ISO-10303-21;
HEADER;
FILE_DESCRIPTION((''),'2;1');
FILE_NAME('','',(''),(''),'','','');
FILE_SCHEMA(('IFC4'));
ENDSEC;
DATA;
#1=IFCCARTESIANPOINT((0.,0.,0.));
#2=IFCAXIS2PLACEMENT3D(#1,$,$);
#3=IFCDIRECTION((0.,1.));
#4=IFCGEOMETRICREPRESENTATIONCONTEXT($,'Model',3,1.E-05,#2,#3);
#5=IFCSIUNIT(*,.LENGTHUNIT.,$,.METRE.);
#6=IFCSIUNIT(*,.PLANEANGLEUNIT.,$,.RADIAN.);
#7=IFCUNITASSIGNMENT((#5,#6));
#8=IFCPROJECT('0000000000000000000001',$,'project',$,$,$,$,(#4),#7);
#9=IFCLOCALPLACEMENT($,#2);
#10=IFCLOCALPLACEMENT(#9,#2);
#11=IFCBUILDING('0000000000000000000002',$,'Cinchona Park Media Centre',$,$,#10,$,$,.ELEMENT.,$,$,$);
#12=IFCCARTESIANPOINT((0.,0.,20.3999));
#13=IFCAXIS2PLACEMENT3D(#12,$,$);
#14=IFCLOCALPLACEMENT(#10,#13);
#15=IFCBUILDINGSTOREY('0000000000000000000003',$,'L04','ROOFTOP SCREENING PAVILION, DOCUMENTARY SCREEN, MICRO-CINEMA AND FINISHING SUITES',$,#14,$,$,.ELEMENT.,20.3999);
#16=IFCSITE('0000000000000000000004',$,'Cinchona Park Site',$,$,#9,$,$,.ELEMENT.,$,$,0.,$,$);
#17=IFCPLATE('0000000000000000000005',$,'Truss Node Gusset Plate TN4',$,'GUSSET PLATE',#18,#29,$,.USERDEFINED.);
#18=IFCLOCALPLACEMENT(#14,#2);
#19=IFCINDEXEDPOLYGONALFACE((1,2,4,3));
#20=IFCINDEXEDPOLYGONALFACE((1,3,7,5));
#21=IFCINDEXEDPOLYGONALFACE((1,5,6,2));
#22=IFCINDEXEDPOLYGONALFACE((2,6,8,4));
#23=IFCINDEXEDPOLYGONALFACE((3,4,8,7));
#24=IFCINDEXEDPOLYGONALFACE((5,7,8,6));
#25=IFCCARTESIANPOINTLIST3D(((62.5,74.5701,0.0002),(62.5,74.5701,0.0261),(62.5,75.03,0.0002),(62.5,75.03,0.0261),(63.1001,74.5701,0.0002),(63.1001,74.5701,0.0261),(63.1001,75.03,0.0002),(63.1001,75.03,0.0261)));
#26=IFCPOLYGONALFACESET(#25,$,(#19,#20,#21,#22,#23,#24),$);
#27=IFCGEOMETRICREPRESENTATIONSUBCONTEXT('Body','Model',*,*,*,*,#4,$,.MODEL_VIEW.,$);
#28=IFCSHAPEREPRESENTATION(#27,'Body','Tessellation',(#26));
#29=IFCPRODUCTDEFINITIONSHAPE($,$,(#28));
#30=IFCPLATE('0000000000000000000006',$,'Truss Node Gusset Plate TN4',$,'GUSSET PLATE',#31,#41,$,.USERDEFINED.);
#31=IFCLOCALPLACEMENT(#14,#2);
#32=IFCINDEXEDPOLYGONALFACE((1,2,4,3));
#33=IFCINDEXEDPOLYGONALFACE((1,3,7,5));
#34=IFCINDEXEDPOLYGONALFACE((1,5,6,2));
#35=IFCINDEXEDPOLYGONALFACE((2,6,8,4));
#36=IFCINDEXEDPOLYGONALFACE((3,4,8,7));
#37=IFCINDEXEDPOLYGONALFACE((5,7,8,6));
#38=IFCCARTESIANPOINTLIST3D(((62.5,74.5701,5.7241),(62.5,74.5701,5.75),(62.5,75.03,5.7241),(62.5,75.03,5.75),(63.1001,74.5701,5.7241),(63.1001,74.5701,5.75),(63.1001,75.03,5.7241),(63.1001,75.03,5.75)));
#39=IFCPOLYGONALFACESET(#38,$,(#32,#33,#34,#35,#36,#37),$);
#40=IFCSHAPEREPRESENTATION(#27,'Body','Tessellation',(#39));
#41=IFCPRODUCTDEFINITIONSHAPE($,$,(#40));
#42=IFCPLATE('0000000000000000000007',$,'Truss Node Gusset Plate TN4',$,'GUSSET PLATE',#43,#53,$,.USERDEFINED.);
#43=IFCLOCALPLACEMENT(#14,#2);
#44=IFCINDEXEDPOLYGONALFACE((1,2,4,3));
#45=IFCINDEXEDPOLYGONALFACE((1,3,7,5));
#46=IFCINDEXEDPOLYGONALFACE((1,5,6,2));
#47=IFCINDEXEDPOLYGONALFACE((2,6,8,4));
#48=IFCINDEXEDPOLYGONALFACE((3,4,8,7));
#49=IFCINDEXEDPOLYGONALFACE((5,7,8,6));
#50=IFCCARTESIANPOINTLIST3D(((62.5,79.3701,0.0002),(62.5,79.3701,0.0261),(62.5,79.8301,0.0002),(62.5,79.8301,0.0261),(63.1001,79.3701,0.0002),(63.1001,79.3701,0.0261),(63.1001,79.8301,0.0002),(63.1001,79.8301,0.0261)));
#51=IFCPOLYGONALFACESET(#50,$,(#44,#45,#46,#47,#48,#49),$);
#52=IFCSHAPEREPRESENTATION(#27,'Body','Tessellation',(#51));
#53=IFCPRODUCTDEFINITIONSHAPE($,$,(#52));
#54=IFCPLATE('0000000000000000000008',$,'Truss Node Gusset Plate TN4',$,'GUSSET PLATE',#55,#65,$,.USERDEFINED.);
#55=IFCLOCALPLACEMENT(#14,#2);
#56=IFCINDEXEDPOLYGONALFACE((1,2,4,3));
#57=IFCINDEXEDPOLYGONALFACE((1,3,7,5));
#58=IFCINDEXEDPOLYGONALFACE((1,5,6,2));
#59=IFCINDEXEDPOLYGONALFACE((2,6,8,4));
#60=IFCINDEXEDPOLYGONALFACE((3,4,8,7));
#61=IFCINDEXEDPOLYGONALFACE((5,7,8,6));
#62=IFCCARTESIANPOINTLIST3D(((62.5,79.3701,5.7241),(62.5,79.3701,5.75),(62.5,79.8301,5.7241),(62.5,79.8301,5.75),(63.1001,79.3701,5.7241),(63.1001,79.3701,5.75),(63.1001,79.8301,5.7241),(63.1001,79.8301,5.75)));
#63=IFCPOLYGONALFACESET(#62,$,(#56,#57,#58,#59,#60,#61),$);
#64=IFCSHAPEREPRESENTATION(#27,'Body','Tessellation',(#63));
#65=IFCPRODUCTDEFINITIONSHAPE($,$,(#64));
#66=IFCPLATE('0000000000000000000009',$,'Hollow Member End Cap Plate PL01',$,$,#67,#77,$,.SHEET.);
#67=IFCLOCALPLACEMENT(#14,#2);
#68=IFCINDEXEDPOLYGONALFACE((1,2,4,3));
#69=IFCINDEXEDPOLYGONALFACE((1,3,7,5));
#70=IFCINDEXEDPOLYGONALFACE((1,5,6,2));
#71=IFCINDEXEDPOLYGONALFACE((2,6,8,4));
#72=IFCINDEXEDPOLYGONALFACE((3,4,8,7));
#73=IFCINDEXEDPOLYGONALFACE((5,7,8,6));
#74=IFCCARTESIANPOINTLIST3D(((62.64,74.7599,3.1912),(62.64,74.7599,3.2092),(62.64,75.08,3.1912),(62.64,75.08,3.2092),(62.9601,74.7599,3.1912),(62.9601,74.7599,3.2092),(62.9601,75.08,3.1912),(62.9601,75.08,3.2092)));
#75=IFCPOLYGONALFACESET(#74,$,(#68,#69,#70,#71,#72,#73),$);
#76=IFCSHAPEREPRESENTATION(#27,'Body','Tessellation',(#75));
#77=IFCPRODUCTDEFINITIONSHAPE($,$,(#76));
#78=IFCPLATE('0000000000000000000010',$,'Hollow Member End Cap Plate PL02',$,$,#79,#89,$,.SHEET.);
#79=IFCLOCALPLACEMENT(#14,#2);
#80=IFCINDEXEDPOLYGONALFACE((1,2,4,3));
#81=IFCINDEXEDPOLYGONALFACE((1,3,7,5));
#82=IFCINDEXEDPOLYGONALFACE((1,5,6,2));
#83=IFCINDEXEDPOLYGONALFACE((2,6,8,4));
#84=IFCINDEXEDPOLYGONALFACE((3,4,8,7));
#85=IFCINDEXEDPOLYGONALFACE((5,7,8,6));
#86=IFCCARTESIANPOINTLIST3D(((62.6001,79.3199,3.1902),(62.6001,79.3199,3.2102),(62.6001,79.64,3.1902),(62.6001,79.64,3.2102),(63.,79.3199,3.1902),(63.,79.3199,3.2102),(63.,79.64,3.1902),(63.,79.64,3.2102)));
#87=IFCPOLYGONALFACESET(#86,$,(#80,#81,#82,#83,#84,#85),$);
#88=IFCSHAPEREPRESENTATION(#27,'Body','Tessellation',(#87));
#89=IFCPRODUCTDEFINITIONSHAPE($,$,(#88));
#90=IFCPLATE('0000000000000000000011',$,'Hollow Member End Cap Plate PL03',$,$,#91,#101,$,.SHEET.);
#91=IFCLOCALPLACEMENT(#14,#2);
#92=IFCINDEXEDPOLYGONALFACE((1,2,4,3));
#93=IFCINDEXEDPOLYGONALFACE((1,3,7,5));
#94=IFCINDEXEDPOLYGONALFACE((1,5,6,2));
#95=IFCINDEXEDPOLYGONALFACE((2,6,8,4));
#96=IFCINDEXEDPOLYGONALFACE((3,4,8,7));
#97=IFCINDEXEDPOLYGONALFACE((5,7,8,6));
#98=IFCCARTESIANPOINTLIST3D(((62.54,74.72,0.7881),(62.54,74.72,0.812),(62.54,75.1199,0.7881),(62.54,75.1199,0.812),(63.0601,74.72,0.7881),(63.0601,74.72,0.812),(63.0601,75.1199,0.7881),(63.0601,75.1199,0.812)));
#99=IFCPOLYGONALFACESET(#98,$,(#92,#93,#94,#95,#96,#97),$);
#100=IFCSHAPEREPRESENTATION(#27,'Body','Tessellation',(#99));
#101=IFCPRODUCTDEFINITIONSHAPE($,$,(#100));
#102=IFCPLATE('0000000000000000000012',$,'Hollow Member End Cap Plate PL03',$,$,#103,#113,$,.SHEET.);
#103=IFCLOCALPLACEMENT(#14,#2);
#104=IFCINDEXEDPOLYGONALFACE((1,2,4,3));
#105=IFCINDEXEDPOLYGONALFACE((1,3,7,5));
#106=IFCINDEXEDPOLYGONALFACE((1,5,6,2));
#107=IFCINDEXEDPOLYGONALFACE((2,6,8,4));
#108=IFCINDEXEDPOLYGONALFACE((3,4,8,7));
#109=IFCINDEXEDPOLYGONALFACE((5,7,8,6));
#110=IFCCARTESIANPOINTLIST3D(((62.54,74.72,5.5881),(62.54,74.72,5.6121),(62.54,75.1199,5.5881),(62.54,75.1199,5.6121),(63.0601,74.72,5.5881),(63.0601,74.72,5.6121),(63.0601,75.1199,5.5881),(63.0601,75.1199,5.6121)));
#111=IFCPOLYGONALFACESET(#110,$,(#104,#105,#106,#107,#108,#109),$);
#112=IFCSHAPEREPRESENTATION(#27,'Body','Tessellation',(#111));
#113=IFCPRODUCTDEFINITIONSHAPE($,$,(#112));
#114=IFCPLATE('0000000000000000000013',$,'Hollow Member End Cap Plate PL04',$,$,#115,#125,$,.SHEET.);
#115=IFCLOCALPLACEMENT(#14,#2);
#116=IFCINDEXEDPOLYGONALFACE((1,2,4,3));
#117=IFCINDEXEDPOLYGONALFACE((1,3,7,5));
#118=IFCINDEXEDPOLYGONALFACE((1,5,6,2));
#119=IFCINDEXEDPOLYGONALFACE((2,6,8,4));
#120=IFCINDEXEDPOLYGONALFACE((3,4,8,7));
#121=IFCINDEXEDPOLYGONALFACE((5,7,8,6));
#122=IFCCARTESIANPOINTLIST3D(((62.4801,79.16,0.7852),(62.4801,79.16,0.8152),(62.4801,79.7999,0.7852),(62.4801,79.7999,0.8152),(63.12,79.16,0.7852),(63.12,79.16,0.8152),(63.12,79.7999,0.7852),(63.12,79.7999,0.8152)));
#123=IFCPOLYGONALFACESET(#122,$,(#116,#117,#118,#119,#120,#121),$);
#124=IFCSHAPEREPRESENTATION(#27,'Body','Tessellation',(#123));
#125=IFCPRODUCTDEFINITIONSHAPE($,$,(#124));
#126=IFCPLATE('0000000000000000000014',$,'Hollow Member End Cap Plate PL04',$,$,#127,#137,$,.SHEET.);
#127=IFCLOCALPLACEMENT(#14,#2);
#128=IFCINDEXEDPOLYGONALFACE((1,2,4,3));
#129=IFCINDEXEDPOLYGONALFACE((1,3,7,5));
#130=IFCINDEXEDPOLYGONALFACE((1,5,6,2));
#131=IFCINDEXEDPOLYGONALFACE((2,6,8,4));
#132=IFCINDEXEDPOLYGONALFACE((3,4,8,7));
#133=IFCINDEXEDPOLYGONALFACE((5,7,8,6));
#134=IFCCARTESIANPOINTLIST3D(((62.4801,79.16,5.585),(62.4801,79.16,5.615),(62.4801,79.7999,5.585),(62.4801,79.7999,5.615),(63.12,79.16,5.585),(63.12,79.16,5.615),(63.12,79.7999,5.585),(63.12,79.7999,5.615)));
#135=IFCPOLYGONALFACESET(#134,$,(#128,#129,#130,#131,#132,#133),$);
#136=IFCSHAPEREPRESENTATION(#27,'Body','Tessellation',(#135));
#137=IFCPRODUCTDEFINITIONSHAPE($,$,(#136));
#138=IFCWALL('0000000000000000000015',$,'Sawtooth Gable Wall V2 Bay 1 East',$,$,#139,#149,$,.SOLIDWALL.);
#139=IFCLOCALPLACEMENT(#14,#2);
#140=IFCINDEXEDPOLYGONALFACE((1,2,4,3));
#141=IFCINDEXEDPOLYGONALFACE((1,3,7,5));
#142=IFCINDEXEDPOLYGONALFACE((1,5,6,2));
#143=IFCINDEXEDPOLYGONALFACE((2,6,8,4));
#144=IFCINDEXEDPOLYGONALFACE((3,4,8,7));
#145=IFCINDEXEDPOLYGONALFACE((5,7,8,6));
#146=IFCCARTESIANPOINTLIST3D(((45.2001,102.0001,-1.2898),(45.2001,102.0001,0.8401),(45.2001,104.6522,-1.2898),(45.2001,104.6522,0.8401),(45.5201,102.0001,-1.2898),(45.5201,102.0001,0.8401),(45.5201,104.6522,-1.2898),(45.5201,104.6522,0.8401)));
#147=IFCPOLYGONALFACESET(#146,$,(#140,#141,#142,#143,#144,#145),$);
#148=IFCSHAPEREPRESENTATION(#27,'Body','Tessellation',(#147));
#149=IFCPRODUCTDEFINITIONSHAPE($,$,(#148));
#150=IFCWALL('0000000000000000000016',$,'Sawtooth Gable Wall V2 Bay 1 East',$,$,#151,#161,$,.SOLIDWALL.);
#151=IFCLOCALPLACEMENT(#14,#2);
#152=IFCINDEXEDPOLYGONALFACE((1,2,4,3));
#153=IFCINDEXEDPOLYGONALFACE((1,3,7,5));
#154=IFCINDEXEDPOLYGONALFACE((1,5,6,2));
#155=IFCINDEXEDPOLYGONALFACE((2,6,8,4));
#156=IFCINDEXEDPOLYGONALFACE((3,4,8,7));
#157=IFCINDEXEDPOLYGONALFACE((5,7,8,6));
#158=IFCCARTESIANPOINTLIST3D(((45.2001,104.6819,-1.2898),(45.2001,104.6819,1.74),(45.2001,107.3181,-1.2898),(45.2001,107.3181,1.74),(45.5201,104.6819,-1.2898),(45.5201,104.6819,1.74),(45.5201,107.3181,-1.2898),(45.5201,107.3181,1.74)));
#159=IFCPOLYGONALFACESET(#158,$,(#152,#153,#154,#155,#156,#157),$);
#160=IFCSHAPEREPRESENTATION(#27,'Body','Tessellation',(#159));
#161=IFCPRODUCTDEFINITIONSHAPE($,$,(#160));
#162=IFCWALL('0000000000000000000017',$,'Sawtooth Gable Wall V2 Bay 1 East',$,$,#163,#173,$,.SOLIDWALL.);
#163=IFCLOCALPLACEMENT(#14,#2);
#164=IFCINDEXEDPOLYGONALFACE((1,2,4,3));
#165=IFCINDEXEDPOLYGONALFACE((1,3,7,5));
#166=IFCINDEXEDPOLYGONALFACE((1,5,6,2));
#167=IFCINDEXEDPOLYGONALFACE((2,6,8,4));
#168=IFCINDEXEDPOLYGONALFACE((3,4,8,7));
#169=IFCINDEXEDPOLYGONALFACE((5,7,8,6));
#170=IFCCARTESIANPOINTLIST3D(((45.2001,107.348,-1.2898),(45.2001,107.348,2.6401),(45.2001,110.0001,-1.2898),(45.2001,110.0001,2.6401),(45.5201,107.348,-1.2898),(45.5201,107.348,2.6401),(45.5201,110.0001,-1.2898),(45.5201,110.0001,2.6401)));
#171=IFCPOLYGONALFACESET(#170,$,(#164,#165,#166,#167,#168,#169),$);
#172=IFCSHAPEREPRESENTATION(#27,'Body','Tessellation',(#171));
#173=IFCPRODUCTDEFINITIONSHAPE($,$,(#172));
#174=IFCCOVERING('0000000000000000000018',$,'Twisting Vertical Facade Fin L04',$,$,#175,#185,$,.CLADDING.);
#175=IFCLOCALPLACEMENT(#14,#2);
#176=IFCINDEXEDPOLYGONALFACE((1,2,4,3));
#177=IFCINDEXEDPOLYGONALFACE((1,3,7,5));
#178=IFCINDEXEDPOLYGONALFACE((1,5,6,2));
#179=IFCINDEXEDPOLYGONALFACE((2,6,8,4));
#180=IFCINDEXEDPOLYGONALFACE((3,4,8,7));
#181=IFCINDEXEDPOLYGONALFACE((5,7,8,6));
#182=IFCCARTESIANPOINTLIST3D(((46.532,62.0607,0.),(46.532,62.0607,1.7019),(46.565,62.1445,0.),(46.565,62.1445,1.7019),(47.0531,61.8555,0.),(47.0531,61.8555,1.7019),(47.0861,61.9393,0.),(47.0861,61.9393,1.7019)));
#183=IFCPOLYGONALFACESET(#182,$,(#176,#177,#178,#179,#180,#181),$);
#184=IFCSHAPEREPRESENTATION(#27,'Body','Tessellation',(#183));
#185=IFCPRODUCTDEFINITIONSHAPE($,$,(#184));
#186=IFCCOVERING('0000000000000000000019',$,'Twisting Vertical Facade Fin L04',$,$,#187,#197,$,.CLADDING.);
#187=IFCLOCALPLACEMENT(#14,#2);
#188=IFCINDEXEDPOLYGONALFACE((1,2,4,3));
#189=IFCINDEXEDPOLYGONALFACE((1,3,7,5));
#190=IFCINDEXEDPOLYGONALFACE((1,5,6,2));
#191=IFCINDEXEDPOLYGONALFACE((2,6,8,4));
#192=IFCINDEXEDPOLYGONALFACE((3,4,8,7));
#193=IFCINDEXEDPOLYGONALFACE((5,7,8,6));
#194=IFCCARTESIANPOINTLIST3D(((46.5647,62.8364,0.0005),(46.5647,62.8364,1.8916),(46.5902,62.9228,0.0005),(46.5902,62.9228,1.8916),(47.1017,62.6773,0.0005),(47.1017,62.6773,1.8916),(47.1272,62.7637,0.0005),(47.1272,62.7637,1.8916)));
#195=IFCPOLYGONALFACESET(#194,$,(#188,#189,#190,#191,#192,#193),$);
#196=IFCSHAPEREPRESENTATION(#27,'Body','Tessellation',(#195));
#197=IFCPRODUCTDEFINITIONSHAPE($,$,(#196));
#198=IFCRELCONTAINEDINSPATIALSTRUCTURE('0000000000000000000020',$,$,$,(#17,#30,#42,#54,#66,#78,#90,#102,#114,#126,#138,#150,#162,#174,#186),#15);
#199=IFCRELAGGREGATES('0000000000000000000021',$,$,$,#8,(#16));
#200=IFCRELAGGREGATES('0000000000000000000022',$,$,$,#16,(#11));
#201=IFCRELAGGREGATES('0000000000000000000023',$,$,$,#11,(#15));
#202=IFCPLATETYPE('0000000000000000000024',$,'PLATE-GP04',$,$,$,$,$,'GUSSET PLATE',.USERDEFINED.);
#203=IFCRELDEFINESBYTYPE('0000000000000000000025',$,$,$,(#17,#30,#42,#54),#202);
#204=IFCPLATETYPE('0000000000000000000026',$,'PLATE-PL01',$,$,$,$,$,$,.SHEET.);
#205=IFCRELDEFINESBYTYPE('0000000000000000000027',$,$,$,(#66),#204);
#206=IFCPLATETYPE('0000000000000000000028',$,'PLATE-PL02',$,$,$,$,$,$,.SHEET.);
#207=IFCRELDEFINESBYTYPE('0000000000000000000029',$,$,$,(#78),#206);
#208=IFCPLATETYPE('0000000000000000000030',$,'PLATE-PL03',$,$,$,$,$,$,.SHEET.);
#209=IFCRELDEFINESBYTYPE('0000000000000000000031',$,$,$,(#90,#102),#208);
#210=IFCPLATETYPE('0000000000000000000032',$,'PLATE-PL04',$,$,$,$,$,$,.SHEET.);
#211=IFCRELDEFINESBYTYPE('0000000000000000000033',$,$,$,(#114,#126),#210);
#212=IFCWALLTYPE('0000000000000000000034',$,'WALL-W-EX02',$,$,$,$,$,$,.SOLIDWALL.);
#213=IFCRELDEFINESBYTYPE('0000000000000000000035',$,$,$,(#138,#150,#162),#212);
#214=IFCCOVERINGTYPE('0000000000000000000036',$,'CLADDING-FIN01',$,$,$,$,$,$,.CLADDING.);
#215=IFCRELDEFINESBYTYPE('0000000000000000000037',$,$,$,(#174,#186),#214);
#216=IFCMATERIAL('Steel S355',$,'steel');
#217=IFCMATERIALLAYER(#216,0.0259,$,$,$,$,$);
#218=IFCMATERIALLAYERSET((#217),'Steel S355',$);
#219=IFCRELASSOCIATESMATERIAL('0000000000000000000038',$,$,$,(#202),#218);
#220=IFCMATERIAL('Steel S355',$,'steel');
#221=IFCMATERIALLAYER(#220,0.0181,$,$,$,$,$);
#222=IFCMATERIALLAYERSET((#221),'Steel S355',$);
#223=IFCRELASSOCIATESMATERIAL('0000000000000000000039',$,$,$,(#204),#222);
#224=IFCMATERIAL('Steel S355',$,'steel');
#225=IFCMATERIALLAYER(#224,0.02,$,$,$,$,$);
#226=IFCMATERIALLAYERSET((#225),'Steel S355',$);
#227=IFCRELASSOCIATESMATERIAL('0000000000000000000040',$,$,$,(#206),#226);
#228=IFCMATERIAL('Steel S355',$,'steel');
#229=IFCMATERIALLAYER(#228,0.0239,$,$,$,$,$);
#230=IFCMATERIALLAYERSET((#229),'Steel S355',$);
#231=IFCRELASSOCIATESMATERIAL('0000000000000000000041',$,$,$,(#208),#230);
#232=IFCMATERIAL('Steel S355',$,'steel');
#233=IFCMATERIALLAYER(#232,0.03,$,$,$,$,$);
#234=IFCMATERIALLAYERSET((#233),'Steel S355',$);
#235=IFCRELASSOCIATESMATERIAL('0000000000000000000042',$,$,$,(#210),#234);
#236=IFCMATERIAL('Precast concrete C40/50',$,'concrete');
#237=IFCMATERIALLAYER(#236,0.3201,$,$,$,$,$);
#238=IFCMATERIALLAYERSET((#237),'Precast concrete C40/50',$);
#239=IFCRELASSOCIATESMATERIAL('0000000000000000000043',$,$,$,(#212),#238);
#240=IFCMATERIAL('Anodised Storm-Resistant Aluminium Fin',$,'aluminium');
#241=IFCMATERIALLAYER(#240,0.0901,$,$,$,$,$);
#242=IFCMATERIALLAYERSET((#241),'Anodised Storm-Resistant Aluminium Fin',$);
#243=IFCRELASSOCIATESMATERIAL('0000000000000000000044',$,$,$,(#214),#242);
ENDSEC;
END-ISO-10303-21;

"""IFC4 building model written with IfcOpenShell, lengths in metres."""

from ifc_helpers import new_model, si_unit, direction, frame, frame_2d, origin, origin_2d, place, context, subcontext, project, spatial, rectangle, extrude, material, layer, layer_set, type_object, element, save


model = new_model("IFC4")

# Units and contexts
model_context = context("Model", 3, precision=1e-05, world=origin(), true_north=direction((0.0, 1.0)))
body_context = subcontext(model_context, "Body", "Model", "MODEL_VIEW")
ifc_project = project(units=[si_unit("LENGTHUNIT", "METRE"), si_unit("PLANEANGLEUNIT", "RADIAN")], contexts=[model_context])

# Site, building, storey
site_placement = place(None, origin())
site = spatial("IfcSite", under=ifc_project, at=site_placement, Name="Cinchona Park Site", CompositionType="ELEMENT", RefElevation=0.0)
building_placement = place(site_placement, origin())
building = spatial("IfcBuilding", under=site, at=building_placement, Name="Cinchona Park Media Centre", CompositionType="ELEMENT")
storey_placement = place(building_placement, frame((0.0, 0.0, 20.3999)))
storey = spatial("IfcBuildingStorey", under=building, at=storey_placement, Name="L04", Description="ROOFTOP SCREENING PAVILION, DOCUMENTARY SCREEN, MICRO-CINEMA AND FINISHING SUITES", CompositionType="ELEMENT", Elevation=20.3999)

# Plates
ifc_material_1 = material(Name="Steel S355", Category="steel")
ifc_layer_1 = layer(ifc_material_1, 0.0259)
ifc_layer_set_1 = layer_set([ifc_layer_1], Name="Steel S355")
plate_type_1 = type_object("IfcPlateType", Name="PLATE-GP04", ElementType="GUSSET PLATE", PredefinedType="USERDEFINED", material=ifc_layer_set_1)
for number, where, z_axis, x_axis, name in (
    (1, (62.8, 74.8, 0.0002), (0.0, 0.0, 1.0), (1.0, 0.0, 0.0), "Truss Node Gusset Plate TN4"),
    (2, (62.8, 74.8, 5.7241), (0.0, 0.0, 1.0), (1.0, 0.0, 0.0), "Truss Node Gusset Plate TN4"),
    (3, (62.8, 79.6001, 0.0002), (0.0, 0.0, 1.0), (1.0, 0.0, 0.0), "Truss Node Gusset Plate TN4"),
    (4, (62.8, 79.6001, 5.7241), (0.0, 0.0, 1.0), (1.0, 0.0, 0.0), "Truss Node Gusset Plate TN4"),
):
    element("IfcPlate", number, at=place(storey_placement, frame(where, z_axis=z_axis, x_axis=x_axis)), inside=storey, type_object=plate_type_1, Name=name, ObjectType="GUSSET PLATE", PredefinedType="USERDEFINED", context=body_context, shape_type="SweptSolid", body=[
        extrude(rectangle(XDim=0.6001, YDim=0.46, at=origin_2d()), origin(), (0.0, 0.0, 1.0), 0.0259),
    ])
ifc_material_2 = material(Name="Steel S355", Category="steel")
ifc_layer_2 = layer(ifc_material_2, 0.0181)
ifc_layer_set_2 = layer_set([ifc_layer_2], Name="Steel S355")
plate_type_2 = type_object("IfcPlateType", Name="PLATE-PL01", PredefinedType="SHEET", material=ifc_layer_set_2)
plate_1_placement = place(storey_placement, frame((62.8, 74.9199, 3.1912), z_axis=(0.0, 0.0, 1.0), x_axis=(1.0, 0.0, 0.0)))
element("IfcPlate", 5, at=plate_1_placement, inside=storey, type_object=plate_type_2, Name="Hollow Member End Cap Plate PL01", PredefinedType="SHEET", context=body_context, shape_type="SweptSolid", body=[
    extrude(rectangle(XDim=0.3201, YDim=0.3201, at=origin_2d()), origin(), (0.0, 0.0, 1.0), 0.0181),
])
ifc_material_3 = material(Name="Steel S355", Category="steel")
ifc_layer_3 = layer(ifc_material_3, 0.02)
ifc_layer_set_3 = layer_set([ifc_layer_3], Name="Steel S355")
plate_type_3 = type_object("IfcPlateType", Name="PLATE-PL02", PredefinedType="SHEET", material=ifc_layer_set_3)
plate_2_placement = place(storey_placement, frame((62.8, 79.48, 3.1902), z_axis=(0.0, 0.0, 1.0), x_axis=(1.0, 0.0, 0.0)))
element("IfcPlate", 6, at=plate_2_placement, inside=storey, type_object=plate_type_3, Name="Hollow Member End Cap Plate PL02", PredefinedType="SHEET", context=body_context, shape_type="SweptSolid", body=[
    extrude(rectangle(XDim=0.3999, YDim=0.3201, at=origin_2d()), origin(), (0.0, 0.0, 1.0), 0.02),
])
ifc_material_4 = material(Name="Steel S355", Category="steel")
ifc_layer_4 = layer(ifc_material_4, 0.0239)
ifc_layer_set_4 = layer_set([ifc_layer_4], Name="Steel S355")
plate_type_4 = type_object("IfcPlateType", Name="PLATE-PL03", PredefinedType="SHEET", material=ifc_layer_set_4)
for number, where, z_axis, x_axis, name in (
    (7, (62.8, 74.9199, 0.7881), (0.0, 0.0, 1.0), (1.0, 0.0, 0.0), "Hollow Member End Cap Plate PL03"),
    (8, (62.8, 74.9199, 5.5881), (0.0, 0.0, 1.0), (1.0, 0.0, 0.0), "Hollow Member End Cap Plate PL03"),
):
    element("IfcPlate", number, at=place(storey_placement, frame(where, z_axis=z_axis, x_axis=x_axis)), inside=storey, type_object=plate_type_4, Name=name, PredefinedType="SHEET", context=body_context, shape_type="SweptSolid", body=[
        extrude(rectangle(XDim=0.52, YDim=0.3999, at=origin_2d()), origin(), (0.0, 0.0, 1.0), 0.0239),
    ])
ifc_material_5 = material(Name="Steel S355", Category="steel")
ifc_layer_5 = layer(ifc_material_5, 0.03)
ifc_layer_set_5 = layer_set([ifc_layer_5], Name="Steel S355")
plate_type_5 = type_object("IfcPlateType", Name="PLATE-PL04", PredefinedType="SHEET", material=ifc_layer_set_5)
for number, where, z_axis, x_axis, name in (
    (9, (62.8, 79.48, 0.7852), (0.0, 0.0, 1.0), (1.0, 0.0, 0.0), "Hollow Member End Cap Plate PL04"),
    (10, (62.8, 79.48, 5.585), (0.0, 0.0, 1.0), (1.0, 0.0, 0.0), "Hollow Member End Cap Plate PL04"),
):
    element("IfcPlate", number, at=place(storey_placement, frame(where, z_axis=z_axis, x_axis=x_axis)), inside=storey, type_object=plate_type_5, Name=name, PredefinedType="SHEET", context=body_context, shape_type="SweptSolid", body=[
        extrude(rectangle(XDim=0.6399, YDim=0.6399, at=origin_2d()), origin(), (0.0, 0.0, 1.0), 0.03),
    ])

# Walls
ifc_material_6 = material(Name="Precast concrete C40/50", Category="concrete")
ifc_layer_6 = layer(ifc_material_6, 0.3201)
ifc_layer_set_6 = layer_set([ifc_layer_6], Name="Precast concrete C40/50")
wall_type = type_object("IfcWallType", Name="WALL-W-EX02", PredefinedType="SOLIDWALL", material=ifc_layer_set_6)
wall_1_placement = place(storey_placement, frame((45.3601, 102.0, -1.2898), z_axis=(0.0, 0.0, 1.0), x_axis=(0.0, 1.0, 0.0)))
element("IfcWall", 11, at=wall_1_placement, inside=storey, type_object=wall_type, Name="Sawtooth Gable Wall V2 Bay 1 East", PredefinedType="SOLIDWALL", context=body_context, shape_type="SweptSolid", body=[
    extrude(rectangle(XDim=2.6521, YDim=0.3201, at=frame_2d((1.3262, 0.0))), origin(), (0.0, 0.0, 1.0), 2.1299),
])
wall_2_placement = place(storey_placement, frame((45.3601, 104.6819, -1.2898), z_axis=(0.0, 0.0, 1.0), x_axis=(0.0, 1.0, 0.0)))
element("IfcWall", 12, at=wall_2_placement, inside=storey, type_object=wall_type, Name="Sawtooth Gable Wall V2 Bay 1 East", PredefinedType="SOLIDWALL", context=body_context, shape_type="SweptSolid", body=[
    extrude(rectangle(XDim=2.6362, YDim=0.3201, at=frame_2d((1.3181, 0.0))), origin(), (0.0, 0.0, 1.0), 3.0298),
])
wall_3_placement = place(storey_placement, frame((45.3601, 107.3479, -1.2898), z_axis=(0.0, 0.0, 1.0), x_axis=(0.0, 1.0, 0.0)))
element("IfcWall", 13, at=wall_3_placement, inside=storey, type_object=wall_type, Name="Sawtooth Gable Wall V2 Bay 1 East", PredefinedType="SOLIDWALL", context=body_context, shape_type="SweptSolid", body=[
    extrude(rectangle(XDim=2.6521, YDim=0.3201, at=frame_2d((1.3262, 0.0))), origin(), (0.0, 0.0, 1.0), 3.9299),
])

# Coverings
ifc_material_7 = material(Name="Anodised Storm-Resistant Aluminium Fin", Category="aluminium")
ifc_layer_7 = layer(ifc_material_7, 0.0901)
ifc_layer_set_7 = layer_set([ifc_layer_7], Name="Anodised Storm-Resistant Aluminium Fin")
covering_type = type_object("IfcCoveringType", Name="CLADDING-FIN01", PredefinedType="CLADDING", material=ifc_layer_set_7)
covering_1_placement = place(storey_placement, frame((46.8091, 62.0, 0.0), z_axis=(0.0, 0.0, 1.0), x_axis=(-0.930482, 0.366339, 0.0)))
element("IfcCovering", 14, at=covering_1_placement, inside=storey, type_object=covering_type, Name="Twisting Vertical Facade Fin L04", PredefinedType="CLADDING", context=body_context, shape_type="SweptSolid", body=[
    extrude(rectangle(XDim=0.5601, YDim=0.0901, at=origin_2d()), origin(), (0.0, 0.0, 1.0), 1.7019),
])
covering_2_placement = place(storey_placement, frame((46.8459, 62.8, 0.0005), z_axis=(0.0, 0.0, 1.0), x_axis=(-0.95882, 0.284015, 0.0)))
element("IfcCovering", 15, at=covering_2_placement, inside=storey, type_object=covering_type, Name="Twisting Vertical Facade Fin L04", PredefinedType="CLADDING", context=body_context, shape_type="SweptSolid", body=[
    extrude(rectangle(XDim=0.5601, YDim=0.0901, at=origin_2d()), origin(), (0.0, 0.0, 1.0), 1.8911),
])

save(model, "model.ifc")
